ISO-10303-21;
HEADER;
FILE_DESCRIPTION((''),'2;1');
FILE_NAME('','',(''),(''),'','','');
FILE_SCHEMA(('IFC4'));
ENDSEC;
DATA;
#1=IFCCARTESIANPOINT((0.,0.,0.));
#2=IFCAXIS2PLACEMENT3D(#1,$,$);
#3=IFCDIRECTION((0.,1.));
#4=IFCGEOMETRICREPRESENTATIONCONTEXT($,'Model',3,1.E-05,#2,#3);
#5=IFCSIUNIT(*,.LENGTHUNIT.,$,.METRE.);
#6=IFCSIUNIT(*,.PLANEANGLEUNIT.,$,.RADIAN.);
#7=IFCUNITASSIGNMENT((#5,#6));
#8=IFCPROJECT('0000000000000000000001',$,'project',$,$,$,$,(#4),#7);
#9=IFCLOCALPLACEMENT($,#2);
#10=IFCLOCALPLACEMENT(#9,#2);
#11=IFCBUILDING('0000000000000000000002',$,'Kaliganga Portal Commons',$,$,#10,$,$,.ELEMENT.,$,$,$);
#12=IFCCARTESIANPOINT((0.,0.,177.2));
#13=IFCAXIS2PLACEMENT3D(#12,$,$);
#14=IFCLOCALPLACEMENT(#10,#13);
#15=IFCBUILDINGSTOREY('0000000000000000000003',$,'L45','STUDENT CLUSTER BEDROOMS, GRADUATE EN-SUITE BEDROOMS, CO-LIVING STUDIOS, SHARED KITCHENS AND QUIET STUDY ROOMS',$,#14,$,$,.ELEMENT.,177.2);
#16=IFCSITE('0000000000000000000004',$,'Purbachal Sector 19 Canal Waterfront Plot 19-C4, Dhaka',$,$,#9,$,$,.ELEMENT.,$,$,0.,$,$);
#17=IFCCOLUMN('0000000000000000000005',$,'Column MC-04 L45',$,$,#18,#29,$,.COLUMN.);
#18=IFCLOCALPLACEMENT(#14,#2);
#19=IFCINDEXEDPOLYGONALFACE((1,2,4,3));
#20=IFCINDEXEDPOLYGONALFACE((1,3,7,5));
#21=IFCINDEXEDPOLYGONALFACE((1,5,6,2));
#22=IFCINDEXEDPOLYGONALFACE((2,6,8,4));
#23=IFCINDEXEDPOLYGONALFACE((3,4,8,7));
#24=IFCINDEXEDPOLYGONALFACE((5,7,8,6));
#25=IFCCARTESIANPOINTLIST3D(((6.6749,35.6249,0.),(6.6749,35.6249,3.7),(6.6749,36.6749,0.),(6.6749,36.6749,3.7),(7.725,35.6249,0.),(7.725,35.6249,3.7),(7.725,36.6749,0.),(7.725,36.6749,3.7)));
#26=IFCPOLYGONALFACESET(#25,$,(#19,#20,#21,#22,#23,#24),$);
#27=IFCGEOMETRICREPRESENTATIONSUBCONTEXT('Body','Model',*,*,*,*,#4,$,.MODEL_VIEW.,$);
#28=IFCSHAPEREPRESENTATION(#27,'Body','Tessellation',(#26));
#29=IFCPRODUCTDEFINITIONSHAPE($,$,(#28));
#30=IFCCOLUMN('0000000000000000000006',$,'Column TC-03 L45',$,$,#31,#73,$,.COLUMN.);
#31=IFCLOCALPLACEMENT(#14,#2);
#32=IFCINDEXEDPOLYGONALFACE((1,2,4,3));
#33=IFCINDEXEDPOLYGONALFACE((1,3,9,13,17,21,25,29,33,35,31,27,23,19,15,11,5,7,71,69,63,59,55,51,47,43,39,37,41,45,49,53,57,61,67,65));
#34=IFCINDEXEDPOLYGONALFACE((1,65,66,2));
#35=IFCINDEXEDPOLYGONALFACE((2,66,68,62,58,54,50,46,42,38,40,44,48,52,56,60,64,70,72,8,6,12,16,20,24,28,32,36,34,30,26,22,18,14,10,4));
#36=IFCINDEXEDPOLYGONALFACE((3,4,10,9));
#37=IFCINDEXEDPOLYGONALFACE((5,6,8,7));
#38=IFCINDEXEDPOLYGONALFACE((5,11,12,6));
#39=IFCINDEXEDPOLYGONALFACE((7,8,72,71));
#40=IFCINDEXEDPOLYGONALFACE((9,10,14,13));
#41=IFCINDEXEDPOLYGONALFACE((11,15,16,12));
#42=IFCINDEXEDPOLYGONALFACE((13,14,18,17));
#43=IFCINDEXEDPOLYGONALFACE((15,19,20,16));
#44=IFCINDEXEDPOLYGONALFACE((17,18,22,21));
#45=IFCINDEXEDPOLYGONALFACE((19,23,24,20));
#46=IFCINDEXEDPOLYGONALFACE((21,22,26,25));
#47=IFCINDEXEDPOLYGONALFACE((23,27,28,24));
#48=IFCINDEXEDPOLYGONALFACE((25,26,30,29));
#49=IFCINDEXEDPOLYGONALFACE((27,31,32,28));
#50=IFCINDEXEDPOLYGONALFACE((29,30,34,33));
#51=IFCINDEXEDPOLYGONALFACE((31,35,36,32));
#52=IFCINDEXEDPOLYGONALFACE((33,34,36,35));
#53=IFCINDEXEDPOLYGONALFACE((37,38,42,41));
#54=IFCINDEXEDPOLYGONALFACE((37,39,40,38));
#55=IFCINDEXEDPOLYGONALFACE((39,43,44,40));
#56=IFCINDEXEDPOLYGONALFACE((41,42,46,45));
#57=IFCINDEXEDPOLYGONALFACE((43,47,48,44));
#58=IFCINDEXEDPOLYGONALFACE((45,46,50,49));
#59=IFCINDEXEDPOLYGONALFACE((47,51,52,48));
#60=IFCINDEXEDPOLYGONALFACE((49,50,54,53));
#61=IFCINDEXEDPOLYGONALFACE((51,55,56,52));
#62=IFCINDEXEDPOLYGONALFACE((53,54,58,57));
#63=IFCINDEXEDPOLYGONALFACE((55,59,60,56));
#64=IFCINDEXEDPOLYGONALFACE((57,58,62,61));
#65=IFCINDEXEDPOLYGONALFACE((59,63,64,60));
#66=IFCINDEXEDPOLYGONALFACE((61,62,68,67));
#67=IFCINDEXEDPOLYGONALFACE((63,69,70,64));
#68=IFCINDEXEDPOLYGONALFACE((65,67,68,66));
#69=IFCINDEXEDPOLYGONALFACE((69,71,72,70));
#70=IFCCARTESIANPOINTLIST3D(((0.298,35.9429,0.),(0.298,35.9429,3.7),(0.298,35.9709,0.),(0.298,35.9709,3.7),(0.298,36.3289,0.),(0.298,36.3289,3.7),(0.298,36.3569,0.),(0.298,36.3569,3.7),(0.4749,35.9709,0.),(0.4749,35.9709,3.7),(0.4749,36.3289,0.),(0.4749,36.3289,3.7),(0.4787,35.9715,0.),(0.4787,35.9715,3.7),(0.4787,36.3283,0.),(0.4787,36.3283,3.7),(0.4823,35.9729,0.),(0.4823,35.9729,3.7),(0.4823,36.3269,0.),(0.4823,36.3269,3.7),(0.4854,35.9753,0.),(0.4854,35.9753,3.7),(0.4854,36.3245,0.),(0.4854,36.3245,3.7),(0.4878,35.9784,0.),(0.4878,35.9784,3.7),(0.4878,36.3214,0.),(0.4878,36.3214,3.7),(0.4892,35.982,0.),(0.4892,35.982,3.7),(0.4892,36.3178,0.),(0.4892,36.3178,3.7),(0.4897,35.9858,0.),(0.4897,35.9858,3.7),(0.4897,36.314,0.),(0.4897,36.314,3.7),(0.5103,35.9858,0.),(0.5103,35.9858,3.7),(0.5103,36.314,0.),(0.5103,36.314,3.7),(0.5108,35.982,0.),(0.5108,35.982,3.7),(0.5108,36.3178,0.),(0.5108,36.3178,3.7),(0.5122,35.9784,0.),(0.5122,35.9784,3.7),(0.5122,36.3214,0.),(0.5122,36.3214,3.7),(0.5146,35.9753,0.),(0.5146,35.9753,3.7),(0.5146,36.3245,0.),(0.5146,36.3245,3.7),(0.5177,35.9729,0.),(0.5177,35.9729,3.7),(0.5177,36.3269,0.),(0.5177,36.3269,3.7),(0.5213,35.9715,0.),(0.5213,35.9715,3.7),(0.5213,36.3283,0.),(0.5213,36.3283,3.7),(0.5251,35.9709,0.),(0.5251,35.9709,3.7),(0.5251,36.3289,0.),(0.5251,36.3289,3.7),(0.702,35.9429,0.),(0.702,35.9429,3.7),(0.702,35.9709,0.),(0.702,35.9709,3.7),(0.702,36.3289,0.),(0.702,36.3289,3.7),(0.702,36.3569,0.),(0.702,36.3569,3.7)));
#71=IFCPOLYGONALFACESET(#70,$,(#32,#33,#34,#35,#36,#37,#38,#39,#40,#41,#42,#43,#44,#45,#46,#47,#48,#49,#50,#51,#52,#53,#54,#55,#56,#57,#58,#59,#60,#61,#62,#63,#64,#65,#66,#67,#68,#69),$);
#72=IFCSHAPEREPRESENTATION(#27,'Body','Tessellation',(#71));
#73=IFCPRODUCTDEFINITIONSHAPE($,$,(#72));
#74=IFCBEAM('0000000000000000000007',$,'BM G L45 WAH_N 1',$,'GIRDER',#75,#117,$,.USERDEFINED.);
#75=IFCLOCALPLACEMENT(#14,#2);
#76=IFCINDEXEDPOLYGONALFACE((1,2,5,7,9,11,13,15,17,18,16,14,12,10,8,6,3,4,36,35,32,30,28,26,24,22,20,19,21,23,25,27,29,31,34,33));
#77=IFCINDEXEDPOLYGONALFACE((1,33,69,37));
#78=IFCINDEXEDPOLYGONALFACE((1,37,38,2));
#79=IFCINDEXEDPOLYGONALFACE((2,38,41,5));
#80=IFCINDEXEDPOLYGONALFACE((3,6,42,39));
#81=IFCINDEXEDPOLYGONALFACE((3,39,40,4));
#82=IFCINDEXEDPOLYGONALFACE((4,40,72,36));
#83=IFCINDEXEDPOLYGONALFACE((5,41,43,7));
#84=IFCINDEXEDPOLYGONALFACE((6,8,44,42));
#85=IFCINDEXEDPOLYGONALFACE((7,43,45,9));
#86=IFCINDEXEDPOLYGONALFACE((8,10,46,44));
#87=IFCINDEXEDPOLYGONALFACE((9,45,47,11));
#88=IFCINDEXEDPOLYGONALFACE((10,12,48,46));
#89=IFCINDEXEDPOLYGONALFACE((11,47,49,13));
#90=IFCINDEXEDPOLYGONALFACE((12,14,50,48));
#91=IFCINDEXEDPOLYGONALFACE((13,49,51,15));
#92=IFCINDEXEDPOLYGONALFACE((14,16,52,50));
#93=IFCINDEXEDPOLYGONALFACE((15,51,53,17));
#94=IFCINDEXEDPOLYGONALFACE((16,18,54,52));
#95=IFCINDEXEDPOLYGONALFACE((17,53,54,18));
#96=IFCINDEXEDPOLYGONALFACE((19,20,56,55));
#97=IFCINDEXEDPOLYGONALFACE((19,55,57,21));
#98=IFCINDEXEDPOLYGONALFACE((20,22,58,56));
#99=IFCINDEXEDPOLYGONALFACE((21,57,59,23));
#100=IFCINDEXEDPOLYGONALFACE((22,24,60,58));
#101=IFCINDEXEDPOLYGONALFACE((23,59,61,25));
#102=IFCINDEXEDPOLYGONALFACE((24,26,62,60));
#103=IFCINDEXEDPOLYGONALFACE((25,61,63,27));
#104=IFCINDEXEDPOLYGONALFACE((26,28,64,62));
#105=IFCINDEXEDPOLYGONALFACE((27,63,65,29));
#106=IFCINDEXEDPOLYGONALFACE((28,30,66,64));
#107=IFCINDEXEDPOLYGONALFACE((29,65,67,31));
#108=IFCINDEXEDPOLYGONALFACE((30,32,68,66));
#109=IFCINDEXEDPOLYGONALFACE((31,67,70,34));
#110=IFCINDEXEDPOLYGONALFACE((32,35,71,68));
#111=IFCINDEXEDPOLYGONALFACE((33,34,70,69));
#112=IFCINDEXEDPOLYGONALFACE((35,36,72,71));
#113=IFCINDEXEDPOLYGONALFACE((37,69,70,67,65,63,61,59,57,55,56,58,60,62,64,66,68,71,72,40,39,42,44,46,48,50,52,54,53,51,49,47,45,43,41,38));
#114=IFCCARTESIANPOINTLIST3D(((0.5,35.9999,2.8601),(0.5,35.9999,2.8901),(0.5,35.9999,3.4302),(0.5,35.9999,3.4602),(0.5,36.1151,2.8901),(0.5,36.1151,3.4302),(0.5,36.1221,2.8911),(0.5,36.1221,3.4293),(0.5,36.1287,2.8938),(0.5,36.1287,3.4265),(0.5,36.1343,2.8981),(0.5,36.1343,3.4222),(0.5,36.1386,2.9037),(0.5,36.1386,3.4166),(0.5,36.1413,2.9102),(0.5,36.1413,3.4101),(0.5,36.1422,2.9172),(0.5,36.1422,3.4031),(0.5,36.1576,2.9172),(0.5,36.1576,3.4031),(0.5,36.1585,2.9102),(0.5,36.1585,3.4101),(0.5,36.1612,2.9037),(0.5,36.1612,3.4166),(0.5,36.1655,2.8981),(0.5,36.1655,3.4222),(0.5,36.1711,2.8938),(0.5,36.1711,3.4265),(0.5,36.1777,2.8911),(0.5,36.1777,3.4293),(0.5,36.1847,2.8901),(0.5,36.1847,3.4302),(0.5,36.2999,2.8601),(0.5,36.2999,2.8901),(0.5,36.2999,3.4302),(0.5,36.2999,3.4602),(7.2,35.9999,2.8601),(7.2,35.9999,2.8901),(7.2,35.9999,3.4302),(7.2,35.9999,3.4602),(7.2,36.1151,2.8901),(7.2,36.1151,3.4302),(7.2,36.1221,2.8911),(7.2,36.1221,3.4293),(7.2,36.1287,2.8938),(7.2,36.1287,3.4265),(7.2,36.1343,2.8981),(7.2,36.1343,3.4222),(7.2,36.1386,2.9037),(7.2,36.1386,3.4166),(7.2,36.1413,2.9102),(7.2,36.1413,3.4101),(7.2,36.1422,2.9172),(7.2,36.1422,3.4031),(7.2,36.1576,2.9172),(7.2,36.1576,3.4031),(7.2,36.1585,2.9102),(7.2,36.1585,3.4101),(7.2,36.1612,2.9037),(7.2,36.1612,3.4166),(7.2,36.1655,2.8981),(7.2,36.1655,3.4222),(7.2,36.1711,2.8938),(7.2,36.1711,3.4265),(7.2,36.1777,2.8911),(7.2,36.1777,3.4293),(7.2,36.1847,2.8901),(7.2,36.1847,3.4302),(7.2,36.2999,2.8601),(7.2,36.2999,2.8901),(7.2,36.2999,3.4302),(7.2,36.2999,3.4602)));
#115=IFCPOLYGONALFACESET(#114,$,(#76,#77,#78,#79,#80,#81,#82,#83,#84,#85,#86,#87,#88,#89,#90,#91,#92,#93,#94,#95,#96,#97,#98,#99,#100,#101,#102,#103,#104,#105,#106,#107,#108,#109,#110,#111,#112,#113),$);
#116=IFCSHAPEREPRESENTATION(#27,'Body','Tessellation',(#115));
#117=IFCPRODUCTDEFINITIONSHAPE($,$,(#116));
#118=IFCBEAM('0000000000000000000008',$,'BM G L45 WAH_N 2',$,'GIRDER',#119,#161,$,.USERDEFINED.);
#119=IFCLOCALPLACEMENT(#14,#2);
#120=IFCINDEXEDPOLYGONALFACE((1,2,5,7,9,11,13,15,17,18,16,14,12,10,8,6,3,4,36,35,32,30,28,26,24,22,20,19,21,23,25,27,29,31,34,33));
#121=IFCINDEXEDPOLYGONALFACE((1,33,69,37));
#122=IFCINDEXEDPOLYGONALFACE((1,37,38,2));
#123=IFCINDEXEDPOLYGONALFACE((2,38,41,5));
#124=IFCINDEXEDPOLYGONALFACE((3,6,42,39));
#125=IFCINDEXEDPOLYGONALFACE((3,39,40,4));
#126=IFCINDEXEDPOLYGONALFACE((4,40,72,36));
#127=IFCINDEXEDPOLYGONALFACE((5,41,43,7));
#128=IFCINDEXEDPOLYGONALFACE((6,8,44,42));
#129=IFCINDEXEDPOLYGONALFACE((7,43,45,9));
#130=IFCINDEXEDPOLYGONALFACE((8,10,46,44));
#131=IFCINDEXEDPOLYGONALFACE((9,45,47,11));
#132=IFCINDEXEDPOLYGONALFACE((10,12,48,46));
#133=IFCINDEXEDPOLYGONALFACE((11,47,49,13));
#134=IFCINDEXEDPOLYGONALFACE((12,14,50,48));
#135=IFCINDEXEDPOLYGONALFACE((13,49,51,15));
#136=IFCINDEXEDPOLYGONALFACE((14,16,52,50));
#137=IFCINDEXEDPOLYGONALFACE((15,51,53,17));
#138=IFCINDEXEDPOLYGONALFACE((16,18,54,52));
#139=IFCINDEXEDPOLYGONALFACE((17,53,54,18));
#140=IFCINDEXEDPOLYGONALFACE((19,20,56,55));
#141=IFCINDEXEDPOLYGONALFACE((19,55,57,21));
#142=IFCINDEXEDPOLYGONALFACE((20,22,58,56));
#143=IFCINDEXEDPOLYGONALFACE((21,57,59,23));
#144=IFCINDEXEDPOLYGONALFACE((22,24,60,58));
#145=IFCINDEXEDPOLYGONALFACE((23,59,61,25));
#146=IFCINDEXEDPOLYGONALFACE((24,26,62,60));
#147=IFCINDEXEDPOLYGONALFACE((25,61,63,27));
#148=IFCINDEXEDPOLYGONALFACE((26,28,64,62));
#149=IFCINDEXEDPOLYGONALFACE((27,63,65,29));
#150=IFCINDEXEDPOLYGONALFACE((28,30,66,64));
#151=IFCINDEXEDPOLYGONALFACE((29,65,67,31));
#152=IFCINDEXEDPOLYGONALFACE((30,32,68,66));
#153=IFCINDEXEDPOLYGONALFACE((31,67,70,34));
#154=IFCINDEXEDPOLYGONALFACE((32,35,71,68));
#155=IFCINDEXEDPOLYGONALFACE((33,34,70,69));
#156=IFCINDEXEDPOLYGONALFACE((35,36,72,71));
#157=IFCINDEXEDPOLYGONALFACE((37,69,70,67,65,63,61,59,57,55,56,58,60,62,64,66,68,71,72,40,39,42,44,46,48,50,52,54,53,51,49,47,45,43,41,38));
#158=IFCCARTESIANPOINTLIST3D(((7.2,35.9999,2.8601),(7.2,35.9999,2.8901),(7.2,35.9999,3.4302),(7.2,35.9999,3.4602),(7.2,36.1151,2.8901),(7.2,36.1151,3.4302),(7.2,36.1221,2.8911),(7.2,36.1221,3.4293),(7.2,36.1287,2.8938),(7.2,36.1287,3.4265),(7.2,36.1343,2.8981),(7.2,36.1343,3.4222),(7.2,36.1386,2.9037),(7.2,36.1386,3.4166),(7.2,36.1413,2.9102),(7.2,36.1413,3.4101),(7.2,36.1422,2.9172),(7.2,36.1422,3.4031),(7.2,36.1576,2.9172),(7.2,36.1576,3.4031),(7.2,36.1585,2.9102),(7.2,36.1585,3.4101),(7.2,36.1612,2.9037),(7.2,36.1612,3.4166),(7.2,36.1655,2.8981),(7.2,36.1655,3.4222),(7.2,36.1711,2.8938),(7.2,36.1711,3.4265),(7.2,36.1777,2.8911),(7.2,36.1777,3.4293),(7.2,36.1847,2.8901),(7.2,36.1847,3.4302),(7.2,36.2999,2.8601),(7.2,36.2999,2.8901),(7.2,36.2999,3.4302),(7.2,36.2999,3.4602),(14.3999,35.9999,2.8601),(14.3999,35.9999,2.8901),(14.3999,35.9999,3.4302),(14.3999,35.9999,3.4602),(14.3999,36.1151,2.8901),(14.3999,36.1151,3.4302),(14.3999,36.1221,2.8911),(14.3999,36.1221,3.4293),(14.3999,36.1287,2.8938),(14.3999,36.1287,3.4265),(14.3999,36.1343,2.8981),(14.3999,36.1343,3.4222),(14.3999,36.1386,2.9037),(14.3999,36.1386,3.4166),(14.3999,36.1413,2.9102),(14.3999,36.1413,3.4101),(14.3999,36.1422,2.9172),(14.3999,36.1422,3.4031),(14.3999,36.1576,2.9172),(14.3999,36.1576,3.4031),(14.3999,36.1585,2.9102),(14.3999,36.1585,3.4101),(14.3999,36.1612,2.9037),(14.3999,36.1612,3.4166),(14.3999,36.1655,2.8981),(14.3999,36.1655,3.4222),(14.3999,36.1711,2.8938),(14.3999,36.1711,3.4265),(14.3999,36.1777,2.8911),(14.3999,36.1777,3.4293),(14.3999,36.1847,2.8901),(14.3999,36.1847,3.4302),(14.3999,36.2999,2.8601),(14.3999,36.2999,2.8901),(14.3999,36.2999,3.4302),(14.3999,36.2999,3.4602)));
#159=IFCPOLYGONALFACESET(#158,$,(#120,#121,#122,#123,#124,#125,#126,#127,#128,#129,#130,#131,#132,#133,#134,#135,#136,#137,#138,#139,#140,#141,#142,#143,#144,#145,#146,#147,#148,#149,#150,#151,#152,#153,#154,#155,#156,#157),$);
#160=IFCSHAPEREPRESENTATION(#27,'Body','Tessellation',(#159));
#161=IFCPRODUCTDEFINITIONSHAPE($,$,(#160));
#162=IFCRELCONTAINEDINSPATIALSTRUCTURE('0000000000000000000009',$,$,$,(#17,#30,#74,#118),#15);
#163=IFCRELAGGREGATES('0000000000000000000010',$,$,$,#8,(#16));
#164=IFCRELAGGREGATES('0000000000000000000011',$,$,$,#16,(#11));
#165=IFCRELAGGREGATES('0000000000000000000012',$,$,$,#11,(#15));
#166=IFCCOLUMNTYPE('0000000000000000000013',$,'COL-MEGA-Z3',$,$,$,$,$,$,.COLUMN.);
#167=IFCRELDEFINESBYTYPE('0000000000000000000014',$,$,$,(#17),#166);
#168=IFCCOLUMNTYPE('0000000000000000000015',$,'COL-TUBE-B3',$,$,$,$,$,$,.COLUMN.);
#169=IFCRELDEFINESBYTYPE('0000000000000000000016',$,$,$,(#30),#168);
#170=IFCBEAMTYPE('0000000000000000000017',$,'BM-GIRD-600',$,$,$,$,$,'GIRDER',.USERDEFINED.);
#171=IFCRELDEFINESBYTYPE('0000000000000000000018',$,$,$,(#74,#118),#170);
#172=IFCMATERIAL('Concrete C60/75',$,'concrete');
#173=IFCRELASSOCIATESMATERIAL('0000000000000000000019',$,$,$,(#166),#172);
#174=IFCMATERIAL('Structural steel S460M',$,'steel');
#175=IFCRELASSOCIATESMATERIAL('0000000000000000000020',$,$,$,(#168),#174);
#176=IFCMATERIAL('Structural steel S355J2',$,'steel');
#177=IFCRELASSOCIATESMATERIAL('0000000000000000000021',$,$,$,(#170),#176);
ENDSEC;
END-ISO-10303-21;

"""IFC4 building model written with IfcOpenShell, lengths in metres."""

from ifc_helpers import new_model, si_unit, direction, frame, origin, origin_2d, place, context, subcontext, project, spatial, rectangle, i_section, extrude, source, transform, mapped, material, material_profile, profile_set, type_object, element, save


model = new_model("IFC4")

# Units and contexts
model_context = context("Model", 3, precision=1e-05, world=origin(), true_north=direction((0.0, 1.0)))
body_context = subcontext(model_context, "Body", "Model", "MODEL_VIEW")
ifc_project = project(units=[si_unit("LENGTHUNIT", "METRE"), si_unit("PLANEANGLEUNIT", "RADIAN")], contexts=[model_context])

# Site, building, storey
site_placement = place(None, origin())
site = spatial("IfcSite", under=ifc_project, at=site_placement, Name="Purbachal Sector 19 Canal Waterfront Plot 19-C4, Dhaka", CompositionType="ELEMENT", RefElevation=0.0)
building_placement = place(site_placement, origin())
building = spatial("IfcBuilding", under=site, at=building_placement, Name="Kaliganga Portal Commons", CompositionType="ELEMENT")
storey_placement = place(building_placement, frame((0.0, 0.0, 177.2)))
storey = spatial("IfcBuildingStorey", under=building, at=storey_placement, Name="L45", Description="STUDENT CLUSTER BEDROOMS, GRADUATE EN-SUITE BEDROOMS, CO-LIVING STUDIOS, SHARED KITCHENS AND QUIET STUDY ROOMS", CompositionType="ELEMENT", Elevation=177.2)

# Columns
ifc_material_1 = material(Name="Concrete C60/75", Category="concrete")
ifc_material_profile_1 = material_profile(ifc_material_1, rectangle(XDim=1.05, YDim=1.05, at=origin_2d()), Name="RC 1050x1050")
ifc_profile_set_1 = profile_set([ifc_material_profile_1], Name="Concrete C60/75")
column_type_1 = type_object("IfcColumnType", Name="COL-MEGA-Z3", PredefinedType="COLUMN", material=ifc_profile_set_1)
shared_shape_1 = source(origin(), body_context, "Body", "SweptSolid", [
    extrude(rectangle(XDim=1.05, YDim=1.05, at=origin_2d()), origin(), (0.0, 0.0, 1.0), 3.7),
])
column_1_placement = place(storey_placement, frame((7.2, 36.1499, 0.0), z_axis=(0.0, 0.0, 1.0), x_axis=(1.0, 0.0, 0.0)))
element("IfcColumn", 1, at=column_1_placement, inside=storey, type_object=column_type_1, Name="Column MC-04 L45", PredefinedType="COLUMN", context=body_context, shape_type="MappedRepresentation", body=[
    mapped(shared_shape_1, transform((0.0, 0.0, 0.0), x_axis=(1.0, 0.0, 0.0), y_axis=(0.0, 1.0, 0.0), z_axis=(0.0, 0.0, 1.0), scale=1.0)),
])
ifc_material_2 = material(Name="Structural steel S460M", Category="steel")
ifc_material_profile_2 = material_profile(ifc_material_2, i_section(OverallWidth=0.4041, OverallDepth=0.4141, WebThickness=0.0205, FlangeThickness=0.0281, FilletRadius=0.0149, at=origin_2d()), Name="HD 400x347")
ifc_profile_set_2 = profile_set([ifc_material_profile_2], Name="Structural steel S460M wide-flange")
column_type_2 = type_object("IfcColumnType", Name="COL-TUBE-B3", PredefinedType="COLUMN", material=ifc_profile_set_2)
shared_shape_2 = source(origin(), body_context, "Body", "SweptSolid", [
    extrude(i_section(OverallWidth=0.4041, OverallDepth=0.4141, WebThickness=0.0205, FlangeThickness=0.0281, FilletRadius=0.0149, at=origin_2d()), origin(), (0.0, 0.0, 1.0), 3.7),
])
column_2_placement = place(storey_placement, frame((0.5, 36.1499, 0.0), z_axis=(0.0, 0.0, 1.0), x_axis=(1.0, 0.0, 0.0)))
element("IfcColumn", 2, at=column_2_placement, inside=storey, type_object=column_type_2, Name="Column TC-03 L45", PredefinedType="COLUMN", context=body_context, shape_type="MappedRepresentation", body=[
    mapped(shared_shape_2, transform((0.0, 0.0, 0.0), x_axis=(1.0, 0.0, 0.0), y_axis=(0.0, 1.0, 0.0), z_axis=(0.0, 0.0, 1.0), scale=1.0)),
])

# Beams
ifc_material_3 = material(Name="Structural steel S355J2", Category="steel")
ifc_material_profile_3 = material_profile(ifc_material_3, i_section(OverallWidth=0.3, OverallDepth=0.6001, WebThickness=0.0154, FlangeThickness=0.03, FilletRadius=0.0271, at=origin_2d()), Name="HE 600 B")
ifc_profile_set_3 = profile_set([ifc_material_profile_3], Name="Structural steel S355J2 wide-flange")
beam_type = type_object("IfcBeamType", Name="BM-GIRD-600", ElementType="GIRDER", PredefinedType="USERDEFINED", material=ifc_profile_set_3)
shared_shape_3 = source(origin(), body_context, "Body", "SweptSolid", [
    extrude(i_section(OverallWidth=0.3, OverallDepth=0.6001, WebThickness=0.0154, FlangeThickness=0.03, FilletRadius=0.0271, at=origin_2d()), origin(), (0.0, 0.0, 1.0), 6.7),
])
beam_1_placement = place(storey_placement, frame((0.5, 36.1499, 3.1602), z_axis=(1.0, 0.0, 0.0), x_axis=(0.0, 1.0, 0.0)))
element("IfcBeam", 3, at=beam_1_placement, inside=storey, type_object=beam_type, Name="BM G L45 WAH_N 1", ObjectType="GIRDER", PredefinedType="USERDEFINED", context=body_context, shape_type="MappedRepresentation", body=[
    mapped(shared_shape_3, transform((0.0, 0.0, 0.0), x_axis=(1.0, 0.0, 0.0), y_axis=(0.0, 1.0, 0.0), z_axis=(0.0, 0.0, 1.0), scale=1.0)),
])
shared_shape_4 = source(origin(), body_context, "Body", "SweptSolid", [
    extrude(i_section(OverallWidth=0.3, OverallDepth=0.6001, WebThickness=0.0154, FlangeThickness=0.03, FilletRadius=0.0271, at=origin_2d()), origin(), (0.0, 0.0, 1.0), 7.2),
])
beam_2_placement = place(storey_placement, frame((7.2, 36.1499, 3.1602), z_axis=(1.0, 0.0, 0.0), x_axis=(0.0, 1.0, 0.0)))
element("IfcBeam", 4, at=beam_2_placement, inside=storey, type_object=beam_type, Name="BM G L45 WAH_N 2", ObjectType="GIRDER", PredefinedType="USERDEFINED", context=body_context, shape_type="MappedRepresentation", body=[
    mapped(shared_shape_4, transform((0.0, 0.0, 0.0), x_axis=(1.0, 0.0, 0.0), y_axis=(0.0, 1.0, 0.0), z_axis=(0.0, 0.0, 1.0), scale=1.0)),
])

save(model, "model.ifc")
